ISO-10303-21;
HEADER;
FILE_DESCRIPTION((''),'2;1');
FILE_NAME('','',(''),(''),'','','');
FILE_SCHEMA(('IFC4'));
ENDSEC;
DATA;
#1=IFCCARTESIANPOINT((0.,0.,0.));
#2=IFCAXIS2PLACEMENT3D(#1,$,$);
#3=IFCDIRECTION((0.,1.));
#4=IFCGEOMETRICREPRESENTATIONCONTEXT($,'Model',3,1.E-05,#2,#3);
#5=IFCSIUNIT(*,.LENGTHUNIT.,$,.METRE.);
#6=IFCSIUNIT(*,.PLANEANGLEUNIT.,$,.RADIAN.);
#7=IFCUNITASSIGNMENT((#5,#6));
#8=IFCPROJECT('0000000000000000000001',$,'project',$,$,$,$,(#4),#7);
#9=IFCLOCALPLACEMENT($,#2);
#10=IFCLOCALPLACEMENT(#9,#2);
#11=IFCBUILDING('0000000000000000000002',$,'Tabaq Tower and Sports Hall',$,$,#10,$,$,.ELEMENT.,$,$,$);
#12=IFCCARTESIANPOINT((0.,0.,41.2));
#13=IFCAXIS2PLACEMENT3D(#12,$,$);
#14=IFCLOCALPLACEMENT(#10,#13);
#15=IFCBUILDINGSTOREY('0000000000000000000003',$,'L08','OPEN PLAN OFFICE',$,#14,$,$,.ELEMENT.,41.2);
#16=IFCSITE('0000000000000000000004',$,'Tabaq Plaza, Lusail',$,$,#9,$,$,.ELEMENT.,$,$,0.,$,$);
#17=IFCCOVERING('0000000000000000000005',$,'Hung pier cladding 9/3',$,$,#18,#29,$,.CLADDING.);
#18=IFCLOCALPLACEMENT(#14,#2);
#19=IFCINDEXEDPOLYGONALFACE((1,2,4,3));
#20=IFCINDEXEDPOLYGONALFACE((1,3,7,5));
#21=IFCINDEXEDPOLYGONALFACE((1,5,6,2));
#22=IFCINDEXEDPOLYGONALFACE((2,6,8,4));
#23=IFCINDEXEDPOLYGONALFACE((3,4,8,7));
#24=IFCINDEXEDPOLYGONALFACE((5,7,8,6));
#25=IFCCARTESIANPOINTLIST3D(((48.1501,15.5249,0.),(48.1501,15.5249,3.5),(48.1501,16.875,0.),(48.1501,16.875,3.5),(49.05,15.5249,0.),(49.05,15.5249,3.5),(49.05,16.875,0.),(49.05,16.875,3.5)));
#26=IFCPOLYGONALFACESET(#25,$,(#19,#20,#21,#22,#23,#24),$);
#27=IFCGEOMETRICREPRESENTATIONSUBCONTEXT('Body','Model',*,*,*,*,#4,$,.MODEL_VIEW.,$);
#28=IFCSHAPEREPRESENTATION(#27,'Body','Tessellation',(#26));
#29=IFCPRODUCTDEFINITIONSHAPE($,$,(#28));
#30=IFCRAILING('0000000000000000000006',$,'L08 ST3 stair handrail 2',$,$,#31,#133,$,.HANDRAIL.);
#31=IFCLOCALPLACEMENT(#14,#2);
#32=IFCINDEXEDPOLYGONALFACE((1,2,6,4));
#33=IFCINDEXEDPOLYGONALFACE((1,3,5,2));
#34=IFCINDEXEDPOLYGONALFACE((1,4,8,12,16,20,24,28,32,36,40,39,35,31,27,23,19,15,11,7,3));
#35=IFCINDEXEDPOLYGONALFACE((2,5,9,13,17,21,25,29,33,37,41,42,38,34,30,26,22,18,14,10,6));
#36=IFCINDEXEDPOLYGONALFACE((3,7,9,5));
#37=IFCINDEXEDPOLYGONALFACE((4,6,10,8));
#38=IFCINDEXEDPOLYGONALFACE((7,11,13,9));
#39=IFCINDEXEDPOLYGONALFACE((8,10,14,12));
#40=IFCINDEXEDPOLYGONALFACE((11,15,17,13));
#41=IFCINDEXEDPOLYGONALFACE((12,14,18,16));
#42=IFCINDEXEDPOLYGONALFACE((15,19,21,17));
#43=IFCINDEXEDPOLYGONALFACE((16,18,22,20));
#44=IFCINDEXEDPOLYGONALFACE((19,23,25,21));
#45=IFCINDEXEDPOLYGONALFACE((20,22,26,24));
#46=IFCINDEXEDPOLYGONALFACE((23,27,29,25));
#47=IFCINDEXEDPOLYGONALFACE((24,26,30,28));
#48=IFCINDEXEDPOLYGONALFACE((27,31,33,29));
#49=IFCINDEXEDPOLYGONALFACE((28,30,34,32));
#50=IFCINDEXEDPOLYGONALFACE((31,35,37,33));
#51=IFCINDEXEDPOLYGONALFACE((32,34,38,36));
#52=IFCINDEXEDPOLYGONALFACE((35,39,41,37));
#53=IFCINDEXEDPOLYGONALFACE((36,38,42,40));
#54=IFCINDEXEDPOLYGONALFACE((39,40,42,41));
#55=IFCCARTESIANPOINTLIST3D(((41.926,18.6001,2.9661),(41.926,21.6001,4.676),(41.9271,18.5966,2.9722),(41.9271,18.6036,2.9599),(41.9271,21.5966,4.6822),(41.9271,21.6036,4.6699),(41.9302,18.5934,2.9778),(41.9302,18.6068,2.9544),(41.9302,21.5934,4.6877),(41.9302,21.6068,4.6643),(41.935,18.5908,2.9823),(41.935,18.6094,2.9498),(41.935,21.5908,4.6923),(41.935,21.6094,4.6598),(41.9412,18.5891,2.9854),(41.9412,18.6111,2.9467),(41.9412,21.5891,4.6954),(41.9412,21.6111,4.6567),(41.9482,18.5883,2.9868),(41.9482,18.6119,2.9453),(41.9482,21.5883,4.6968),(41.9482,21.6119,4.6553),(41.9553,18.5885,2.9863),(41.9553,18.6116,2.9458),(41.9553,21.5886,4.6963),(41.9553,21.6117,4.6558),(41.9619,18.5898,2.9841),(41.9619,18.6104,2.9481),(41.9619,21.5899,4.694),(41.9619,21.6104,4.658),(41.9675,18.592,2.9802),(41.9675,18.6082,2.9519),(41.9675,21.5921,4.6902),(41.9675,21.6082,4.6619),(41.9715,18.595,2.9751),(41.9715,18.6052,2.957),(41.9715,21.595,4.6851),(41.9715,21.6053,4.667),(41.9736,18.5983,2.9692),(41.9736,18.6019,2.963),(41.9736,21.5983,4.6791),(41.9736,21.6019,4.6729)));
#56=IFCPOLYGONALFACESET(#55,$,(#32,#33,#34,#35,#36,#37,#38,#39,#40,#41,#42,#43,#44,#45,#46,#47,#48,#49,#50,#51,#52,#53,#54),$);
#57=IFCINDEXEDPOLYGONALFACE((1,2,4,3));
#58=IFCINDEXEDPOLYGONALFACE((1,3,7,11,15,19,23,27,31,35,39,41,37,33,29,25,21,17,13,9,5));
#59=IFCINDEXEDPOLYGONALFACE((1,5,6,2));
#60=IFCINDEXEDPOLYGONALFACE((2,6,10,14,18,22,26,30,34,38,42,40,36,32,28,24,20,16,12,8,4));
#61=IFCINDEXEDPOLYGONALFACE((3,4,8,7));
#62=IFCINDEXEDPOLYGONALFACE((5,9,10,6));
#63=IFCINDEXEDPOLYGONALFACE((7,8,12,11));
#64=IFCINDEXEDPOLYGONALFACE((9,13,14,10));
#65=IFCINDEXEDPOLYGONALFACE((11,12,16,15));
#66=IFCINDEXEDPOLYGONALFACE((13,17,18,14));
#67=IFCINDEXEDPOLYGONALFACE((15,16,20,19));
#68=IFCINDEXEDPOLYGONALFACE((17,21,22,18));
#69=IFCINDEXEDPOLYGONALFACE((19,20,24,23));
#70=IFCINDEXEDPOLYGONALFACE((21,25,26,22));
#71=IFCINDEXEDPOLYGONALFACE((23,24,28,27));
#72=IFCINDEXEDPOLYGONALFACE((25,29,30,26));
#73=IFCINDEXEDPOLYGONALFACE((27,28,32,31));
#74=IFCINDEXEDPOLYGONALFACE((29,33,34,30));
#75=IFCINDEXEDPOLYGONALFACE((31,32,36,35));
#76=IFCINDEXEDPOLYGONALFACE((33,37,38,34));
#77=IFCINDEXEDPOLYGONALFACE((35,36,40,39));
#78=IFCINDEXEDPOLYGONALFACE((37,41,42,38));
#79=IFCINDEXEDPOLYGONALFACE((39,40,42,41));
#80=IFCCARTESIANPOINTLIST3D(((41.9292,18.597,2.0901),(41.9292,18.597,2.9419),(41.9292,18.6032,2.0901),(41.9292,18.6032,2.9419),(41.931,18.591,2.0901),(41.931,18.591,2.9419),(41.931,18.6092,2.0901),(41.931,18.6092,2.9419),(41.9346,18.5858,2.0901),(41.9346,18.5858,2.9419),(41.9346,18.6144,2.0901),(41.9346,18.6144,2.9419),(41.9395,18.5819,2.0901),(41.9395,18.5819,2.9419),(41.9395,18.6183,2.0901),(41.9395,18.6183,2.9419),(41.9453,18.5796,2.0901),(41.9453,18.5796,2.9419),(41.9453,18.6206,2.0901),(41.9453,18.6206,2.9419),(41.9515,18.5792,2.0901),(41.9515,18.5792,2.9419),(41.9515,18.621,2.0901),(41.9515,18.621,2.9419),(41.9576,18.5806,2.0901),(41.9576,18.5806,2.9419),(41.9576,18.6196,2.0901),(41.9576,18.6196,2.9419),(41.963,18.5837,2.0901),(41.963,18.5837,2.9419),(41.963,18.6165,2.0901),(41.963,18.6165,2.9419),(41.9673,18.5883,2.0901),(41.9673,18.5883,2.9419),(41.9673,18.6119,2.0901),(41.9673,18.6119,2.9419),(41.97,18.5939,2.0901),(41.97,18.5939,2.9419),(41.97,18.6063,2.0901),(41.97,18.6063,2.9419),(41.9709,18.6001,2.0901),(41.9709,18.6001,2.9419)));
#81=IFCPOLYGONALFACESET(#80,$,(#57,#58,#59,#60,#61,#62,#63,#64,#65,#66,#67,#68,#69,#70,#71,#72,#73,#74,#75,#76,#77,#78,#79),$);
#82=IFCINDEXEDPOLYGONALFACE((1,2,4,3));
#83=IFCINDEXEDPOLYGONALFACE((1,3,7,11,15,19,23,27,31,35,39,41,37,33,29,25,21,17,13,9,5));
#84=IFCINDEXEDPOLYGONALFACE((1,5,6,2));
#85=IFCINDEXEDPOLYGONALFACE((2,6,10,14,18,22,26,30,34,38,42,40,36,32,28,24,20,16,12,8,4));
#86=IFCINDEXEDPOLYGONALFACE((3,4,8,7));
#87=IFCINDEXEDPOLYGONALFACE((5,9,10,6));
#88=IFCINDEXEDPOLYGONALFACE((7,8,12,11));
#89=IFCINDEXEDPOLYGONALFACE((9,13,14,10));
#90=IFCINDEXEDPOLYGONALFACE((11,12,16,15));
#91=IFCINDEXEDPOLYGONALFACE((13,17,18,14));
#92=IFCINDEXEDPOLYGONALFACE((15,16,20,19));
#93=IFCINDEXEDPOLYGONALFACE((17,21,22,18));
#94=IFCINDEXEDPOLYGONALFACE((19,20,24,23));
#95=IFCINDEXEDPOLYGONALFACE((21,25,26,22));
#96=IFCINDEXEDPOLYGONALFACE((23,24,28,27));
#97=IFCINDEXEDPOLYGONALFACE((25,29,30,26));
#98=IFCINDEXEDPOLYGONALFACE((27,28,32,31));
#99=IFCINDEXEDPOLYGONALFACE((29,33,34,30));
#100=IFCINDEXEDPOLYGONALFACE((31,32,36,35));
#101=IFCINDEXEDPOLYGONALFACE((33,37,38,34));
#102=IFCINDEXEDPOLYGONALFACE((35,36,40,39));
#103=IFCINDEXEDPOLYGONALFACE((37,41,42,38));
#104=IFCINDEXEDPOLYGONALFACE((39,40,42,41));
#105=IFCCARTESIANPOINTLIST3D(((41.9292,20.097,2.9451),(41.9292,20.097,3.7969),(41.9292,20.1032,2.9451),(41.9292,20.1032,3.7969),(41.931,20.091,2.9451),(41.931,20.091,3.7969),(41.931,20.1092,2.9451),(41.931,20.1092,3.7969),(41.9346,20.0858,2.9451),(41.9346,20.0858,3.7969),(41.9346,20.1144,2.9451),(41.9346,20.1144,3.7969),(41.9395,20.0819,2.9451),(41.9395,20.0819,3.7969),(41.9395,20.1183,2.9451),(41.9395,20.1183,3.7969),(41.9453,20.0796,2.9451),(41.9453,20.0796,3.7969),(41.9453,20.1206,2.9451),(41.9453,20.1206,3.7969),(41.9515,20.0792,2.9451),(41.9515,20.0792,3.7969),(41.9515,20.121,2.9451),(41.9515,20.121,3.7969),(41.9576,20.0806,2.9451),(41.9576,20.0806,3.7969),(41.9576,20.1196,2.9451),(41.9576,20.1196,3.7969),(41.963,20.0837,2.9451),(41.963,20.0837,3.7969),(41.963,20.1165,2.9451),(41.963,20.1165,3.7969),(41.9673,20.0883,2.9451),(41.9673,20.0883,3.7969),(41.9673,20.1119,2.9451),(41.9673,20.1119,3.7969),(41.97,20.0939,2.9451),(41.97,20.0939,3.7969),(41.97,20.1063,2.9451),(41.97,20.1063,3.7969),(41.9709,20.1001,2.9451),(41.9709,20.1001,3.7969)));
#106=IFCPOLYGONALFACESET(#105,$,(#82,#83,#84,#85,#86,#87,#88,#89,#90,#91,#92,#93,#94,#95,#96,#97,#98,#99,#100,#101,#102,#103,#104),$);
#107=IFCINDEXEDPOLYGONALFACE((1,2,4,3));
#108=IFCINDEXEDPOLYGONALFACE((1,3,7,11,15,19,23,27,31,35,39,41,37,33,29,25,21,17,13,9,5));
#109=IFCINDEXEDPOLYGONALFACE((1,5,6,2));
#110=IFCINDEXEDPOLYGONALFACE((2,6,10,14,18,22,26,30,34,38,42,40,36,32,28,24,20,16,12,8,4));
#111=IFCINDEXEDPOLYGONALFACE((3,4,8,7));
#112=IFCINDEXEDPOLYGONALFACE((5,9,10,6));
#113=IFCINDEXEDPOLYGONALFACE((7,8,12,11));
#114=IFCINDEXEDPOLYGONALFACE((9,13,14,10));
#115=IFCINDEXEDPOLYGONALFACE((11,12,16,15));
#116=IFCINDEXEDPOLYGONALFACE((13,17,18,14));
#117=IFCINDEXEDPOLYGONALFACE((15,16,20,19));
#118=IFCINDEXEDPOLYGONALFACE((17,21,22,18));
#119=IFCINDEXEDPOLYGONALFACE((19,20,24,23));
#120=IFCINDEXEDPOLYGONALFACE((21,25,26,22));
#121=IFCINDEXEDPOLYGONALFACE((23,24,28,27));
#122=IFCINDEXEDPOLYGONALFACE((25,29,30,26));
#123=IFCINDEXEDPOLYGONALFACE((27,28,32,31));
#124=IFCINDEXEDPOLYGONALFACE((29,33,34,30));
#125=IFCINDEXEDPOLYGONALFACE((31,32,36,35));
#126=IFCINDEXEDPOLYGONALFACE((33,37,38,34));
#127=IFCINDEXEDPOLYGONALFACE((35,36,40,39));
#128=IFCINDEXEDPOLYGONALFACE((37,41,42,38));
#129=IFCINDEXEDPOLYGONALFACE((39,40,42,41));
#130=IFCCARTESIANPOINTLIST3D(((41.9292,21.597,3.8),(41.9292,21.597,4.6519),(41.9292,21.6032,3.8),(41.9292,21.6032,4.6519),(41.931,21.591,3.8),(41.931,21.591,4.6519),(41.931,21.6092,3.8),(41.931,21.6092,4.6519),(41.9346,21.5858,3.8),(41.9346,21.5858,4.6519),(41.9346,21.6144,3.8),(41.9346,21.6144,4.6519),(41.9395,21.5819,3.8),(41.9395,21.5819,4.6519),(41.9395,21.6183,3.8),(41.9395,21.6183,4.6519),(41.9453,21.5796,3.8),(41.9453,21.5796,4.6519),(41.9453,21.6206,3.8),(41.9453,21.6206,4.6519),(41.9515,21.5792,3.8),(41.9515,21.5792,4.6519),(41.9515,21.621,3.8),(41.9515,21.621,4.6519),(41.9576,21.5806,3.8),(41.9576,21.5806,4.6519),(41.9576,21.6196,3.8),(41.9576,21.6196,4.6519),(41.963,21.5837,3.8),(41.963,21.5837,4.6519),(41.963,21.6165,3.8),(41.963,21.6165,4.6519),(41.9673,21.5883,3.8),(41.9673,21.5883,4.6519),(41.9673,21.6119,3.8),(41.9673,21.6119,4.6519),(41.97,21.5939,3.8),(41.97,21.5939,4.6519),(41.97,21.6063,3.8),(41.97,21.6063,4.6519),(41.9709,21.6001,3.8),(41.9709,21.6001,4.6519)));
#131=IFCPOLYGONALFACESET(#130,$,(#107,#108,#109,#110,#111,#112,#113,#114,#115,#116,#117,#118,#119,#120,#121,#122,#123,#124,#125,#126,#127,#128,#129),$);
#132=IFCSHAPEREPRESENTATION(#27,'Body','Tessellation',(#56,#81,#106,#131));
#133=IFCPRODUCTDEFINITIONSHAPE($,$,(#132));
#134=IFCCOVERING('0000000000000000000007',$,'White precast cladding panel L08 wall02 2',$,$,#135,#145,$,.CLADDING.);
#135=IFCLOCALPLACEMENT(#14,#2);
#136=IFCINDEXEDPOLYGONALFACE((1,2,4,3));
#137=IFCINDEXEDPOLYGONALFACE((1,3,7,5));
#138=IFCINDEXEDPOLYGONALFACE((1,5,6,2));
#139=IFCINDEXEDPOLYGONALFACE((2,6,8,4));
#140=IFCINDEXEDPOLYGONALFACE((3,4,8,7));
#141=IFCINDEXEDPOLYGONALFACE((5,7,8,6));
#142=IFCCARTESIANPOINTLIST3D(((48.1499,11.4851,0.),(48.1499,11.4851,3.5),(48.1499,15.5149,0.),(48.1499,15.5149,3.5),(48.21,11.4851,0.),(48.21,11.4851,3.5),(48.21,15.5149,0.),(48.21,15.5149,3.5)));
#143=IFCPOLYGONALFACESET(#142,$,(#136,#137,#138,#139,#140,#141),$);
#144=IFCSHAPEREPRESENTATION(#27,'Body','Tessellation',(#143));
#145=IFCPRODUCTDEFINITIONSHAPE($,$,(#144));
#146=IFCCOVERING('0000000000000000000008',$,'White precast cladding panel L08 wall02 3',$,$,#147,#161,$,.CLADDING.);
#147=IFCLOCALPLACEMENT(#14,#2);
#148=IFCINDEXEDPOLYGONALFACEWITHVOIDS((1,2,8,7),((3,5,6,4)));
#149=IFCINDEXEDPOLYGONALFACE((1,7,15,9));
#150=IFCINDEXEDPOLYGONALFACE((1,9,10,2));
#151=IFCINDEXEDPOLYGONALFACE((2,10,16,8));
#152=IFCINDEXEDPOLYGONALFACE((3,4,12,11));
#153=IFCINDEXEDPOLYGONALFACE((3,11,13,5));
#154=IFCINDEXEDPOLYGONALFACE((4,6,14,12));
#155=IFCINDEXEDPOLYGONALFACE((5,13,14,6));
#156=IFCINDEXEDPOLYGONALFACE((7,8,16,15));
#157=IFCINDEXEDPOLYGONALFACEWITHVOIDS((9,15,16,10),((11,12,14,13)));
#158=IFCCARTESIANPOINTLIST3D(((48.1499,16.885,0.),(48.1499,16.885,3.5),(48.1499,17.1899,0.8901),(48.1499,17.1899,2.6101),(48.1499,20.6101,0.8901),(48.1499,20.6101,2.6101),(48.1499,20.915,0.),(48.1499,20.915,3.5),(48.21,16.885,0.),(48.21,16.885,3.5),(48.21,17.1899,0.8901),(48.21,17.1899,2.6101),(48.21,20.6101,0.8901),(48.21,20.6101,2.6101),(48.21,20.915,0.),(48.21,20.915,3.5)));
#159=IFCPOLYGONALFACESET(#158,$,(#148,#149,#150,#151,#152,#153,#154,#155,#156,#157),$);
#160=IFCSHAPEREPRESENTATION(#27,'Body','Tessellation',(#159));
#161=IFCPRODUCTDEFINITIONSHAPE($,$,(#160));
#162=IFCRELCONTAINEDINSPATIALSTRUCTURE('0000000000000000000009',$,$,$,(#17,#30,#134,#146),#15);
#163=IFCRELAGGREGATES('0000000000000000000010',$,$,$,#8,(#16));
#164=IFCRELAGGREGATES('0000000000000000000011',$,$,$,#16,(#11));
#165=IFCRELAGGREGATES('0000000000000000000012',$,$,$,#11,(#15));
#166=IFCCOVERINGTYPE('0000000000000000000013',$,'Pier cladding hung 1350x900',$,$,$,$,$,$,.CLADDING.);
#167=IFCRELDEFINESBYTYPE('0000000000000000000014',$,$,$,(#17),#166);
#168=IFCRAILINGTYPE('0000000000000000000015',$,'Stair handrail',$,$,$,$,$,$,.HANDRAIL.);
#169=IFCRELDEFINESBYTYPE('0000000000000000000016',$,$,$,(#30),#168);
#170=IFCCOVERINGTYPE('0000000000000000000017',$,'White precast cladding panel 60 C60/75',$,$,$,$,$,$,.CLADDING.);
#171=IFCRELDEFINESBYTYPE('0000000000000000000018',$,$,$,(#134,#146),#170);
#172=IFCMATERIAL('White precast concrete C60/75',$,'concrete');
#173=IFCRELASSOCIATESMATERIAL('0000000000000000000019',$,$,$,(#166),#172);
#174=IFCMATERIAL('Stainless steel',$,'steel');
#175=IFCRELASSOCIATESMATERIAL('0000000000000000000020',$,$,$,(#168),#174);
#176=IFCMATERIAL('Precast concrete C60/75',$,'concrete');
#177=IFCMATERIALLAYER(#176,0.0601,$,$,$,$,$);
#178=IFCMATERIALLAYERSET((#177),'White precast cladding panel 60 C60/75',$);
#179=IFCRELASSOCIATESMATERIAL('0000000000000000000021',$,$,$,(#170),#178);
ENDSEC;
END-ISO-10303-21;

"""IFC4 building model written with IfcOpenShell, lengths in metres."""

from ifc_helpers import new_model, si_unit, direction, frame, frame_2d, origin, origin_2d, place, context, subcontext, project, spatial, polyline, rectangle, circle, outline, extrude, material, layer, layer_set, type_object, element, save


model = new_model("IFC4")

# Units and contexts
model_context = context("Model", 3, precision=1e-05, world=origin(), true_north=direction((0.0, 1.0)))
body_context = subcontext(model_context, "Body", "Model", "MODEL_VIEW")
ifc_project = project(units=[si_unit("LENGTHUNIT", "METRE"), si_unit("PLANEANGLEUNIT", "RADIAN")], contexts=[model_context])

# Site, building, storey
site_placement = place(None, origin())
site = spatial("IfcSite", under=ifc_project, at=site_placement, Name="Tabaq Plaza, Lusail", CompositionType="ELEMENT", RefElevation=0.0)
building_placement = place(site_placement, origin())
building = spatial("IfcBuilding", under=site, at=building_placement, Name="Tabaq Tower and Sports Hall", CompositionType="ELEMENT")
storey_placement = place(building_placement, frame((0.0, 0.0, 41.2)))
storey = spatial("IfcBuildingStorey", under=building, at=storey_placement, Name="L08", Description="OPEN PLAN OFFICE", CompositionType="ELEMENT", Elevation=41.2)

# Covering
ifc_material_1 = material(Name="White precast concrete C60/75", Category="concrete")
covering_type_1 = type_object("IfcCoveringType", Name="Pier cladding hung 1350x900", PredefinedType="CLADDING", material=ifc_material_1)
covering_1_placement = place(storey_placement, frame((48.6001, 15.5249, 0.0), z_axis=(0.0, 0.0, 1.0), x_axis=(0.0, 1.0, 0.0)))
element("IfcCovering", 1, at=covering_1_placement, inside=storey, type_object=covering_type_1, Name="Hung pier cladding 9/3", PredefinedType="CLADDING", context=body_context, shape_type="SweptSolid", body=[
    extrude(rectangle(XDim=1.3501, YDim=0.8999, at=frame_2d((0.675, 0.0))), origin(), (0.0, 0.0, 1.0), 3.5),
])

# Railing
ifc_material_2 = material(Name="Stainless steel", Category="steel")
railing_type = type_object("IfcRailingType", Name="Stair handrail", PredefinedType="HANDRAIL", material=ifc_material_2)
railing_placement = place(storey_placement, frame((41.95, 18.6001, 2.0901)))
element("IfcRailing", 2, at=railing_placement, inside=storey, type_object=railing_type, Name="L08 ST3 stair handrail 2", PredefinedType="HANDRAIL", context=body_context, shape_type="SweptSolid", body=[
    extrude(circle(Radius=0.0239, at=origin_2d()), frame((0.0, 0.0, 0.876), z_axis=(0.0, 0.868782, 0.495195), x_axis=(-1.0, 0.0, 0.0)), (0.0, 0.0, 1.0), 3.4531),
    extrude(circle(Radius=0.021, at=origin_2d()), origin(), (0.0, 0.0, 1.0), 0.8518),
    extrude(circle(Radius=0.021, at=origin_2d()), frame((0.0, 1.5, 0.855)), (0.0, 0.0, 1.0), 0.8518),
    extrude(circle(Radius=0.021, at=origin_2d()), frame((0.0, 3.0, 1.71)), (0.0, 0.0, 1.0), 0.8518),
])

# Coverings
ifc_material_3 = material(Name="Precast concrete C60/75", Category="concrete")
ifc_layer_1 = layer(ifc_material_3, 0.0601)
ifc_layer_set_1 = layer_set([ifc_layer_1], Name="White precast cladding panel 60 C60/75")
covering_type_2 = type_object("IfcCoveringType", Name="White precast cladding panel 60 C60/75", PredefinedType="CLADDING", material=ifc_layer_set_1)
covering_2_placement = place(storey_placement, frame((48.1799, 11.4851, 0.0), z_axis=(0.0, 0.0, 1.0), x_axis=(0.0, 1.0, 0.0)))
element("IfcCovering", 3, at=covering_2_placement, inside=storey, type_object=covering_type_2, Name="White precast cladding panel L08 wall02 2", PredefinedType="CLADDING", context=body_context, shape_type="SweptSolid", body=[
    extrude(rectangle(XDim=4.0298, YDim=0.0601, at=frame_2d((2.0149, 0.0))), origin(), (0.0, 0.0, 1.0), 3.5),
])
covering_3_placement = place(storey_placement, frame((48.1799, 16.885, 0.0), z_axis=(0.0, 0.0, 1.0), x_axis=(0.0, 1.0, 0.0)))
element("IfcCovering", 4, at=covering_3_placement, inside=storey, type_object=covering_type_2, Name="White precast cladding panel L08 wall02 3", PredefinedType="CLADDING", context=body_context, shape_type="SweptSolid", body=[
    extrude(outline(polyline([(0.0, 0.0), (4.03, 0.0), (4.03, 3.5), (0.0, 3.5), (0.0, 0.0)]), holes=[polyline([(0.3049, 0.8901), (0.3049, 2.6101), (3.7251, 2.6101), (3.7251, 0.8901), (0.3049, 0.8901)])]), frame((0.0, 0.03, 0.0), z_axis=(0.0, -1.0, 0.0), x_axis=(1.0, 0.0, 0.0)), (0.0, 0.0, 1.0), 0.0601),
])

save(model, "model.ifc")
